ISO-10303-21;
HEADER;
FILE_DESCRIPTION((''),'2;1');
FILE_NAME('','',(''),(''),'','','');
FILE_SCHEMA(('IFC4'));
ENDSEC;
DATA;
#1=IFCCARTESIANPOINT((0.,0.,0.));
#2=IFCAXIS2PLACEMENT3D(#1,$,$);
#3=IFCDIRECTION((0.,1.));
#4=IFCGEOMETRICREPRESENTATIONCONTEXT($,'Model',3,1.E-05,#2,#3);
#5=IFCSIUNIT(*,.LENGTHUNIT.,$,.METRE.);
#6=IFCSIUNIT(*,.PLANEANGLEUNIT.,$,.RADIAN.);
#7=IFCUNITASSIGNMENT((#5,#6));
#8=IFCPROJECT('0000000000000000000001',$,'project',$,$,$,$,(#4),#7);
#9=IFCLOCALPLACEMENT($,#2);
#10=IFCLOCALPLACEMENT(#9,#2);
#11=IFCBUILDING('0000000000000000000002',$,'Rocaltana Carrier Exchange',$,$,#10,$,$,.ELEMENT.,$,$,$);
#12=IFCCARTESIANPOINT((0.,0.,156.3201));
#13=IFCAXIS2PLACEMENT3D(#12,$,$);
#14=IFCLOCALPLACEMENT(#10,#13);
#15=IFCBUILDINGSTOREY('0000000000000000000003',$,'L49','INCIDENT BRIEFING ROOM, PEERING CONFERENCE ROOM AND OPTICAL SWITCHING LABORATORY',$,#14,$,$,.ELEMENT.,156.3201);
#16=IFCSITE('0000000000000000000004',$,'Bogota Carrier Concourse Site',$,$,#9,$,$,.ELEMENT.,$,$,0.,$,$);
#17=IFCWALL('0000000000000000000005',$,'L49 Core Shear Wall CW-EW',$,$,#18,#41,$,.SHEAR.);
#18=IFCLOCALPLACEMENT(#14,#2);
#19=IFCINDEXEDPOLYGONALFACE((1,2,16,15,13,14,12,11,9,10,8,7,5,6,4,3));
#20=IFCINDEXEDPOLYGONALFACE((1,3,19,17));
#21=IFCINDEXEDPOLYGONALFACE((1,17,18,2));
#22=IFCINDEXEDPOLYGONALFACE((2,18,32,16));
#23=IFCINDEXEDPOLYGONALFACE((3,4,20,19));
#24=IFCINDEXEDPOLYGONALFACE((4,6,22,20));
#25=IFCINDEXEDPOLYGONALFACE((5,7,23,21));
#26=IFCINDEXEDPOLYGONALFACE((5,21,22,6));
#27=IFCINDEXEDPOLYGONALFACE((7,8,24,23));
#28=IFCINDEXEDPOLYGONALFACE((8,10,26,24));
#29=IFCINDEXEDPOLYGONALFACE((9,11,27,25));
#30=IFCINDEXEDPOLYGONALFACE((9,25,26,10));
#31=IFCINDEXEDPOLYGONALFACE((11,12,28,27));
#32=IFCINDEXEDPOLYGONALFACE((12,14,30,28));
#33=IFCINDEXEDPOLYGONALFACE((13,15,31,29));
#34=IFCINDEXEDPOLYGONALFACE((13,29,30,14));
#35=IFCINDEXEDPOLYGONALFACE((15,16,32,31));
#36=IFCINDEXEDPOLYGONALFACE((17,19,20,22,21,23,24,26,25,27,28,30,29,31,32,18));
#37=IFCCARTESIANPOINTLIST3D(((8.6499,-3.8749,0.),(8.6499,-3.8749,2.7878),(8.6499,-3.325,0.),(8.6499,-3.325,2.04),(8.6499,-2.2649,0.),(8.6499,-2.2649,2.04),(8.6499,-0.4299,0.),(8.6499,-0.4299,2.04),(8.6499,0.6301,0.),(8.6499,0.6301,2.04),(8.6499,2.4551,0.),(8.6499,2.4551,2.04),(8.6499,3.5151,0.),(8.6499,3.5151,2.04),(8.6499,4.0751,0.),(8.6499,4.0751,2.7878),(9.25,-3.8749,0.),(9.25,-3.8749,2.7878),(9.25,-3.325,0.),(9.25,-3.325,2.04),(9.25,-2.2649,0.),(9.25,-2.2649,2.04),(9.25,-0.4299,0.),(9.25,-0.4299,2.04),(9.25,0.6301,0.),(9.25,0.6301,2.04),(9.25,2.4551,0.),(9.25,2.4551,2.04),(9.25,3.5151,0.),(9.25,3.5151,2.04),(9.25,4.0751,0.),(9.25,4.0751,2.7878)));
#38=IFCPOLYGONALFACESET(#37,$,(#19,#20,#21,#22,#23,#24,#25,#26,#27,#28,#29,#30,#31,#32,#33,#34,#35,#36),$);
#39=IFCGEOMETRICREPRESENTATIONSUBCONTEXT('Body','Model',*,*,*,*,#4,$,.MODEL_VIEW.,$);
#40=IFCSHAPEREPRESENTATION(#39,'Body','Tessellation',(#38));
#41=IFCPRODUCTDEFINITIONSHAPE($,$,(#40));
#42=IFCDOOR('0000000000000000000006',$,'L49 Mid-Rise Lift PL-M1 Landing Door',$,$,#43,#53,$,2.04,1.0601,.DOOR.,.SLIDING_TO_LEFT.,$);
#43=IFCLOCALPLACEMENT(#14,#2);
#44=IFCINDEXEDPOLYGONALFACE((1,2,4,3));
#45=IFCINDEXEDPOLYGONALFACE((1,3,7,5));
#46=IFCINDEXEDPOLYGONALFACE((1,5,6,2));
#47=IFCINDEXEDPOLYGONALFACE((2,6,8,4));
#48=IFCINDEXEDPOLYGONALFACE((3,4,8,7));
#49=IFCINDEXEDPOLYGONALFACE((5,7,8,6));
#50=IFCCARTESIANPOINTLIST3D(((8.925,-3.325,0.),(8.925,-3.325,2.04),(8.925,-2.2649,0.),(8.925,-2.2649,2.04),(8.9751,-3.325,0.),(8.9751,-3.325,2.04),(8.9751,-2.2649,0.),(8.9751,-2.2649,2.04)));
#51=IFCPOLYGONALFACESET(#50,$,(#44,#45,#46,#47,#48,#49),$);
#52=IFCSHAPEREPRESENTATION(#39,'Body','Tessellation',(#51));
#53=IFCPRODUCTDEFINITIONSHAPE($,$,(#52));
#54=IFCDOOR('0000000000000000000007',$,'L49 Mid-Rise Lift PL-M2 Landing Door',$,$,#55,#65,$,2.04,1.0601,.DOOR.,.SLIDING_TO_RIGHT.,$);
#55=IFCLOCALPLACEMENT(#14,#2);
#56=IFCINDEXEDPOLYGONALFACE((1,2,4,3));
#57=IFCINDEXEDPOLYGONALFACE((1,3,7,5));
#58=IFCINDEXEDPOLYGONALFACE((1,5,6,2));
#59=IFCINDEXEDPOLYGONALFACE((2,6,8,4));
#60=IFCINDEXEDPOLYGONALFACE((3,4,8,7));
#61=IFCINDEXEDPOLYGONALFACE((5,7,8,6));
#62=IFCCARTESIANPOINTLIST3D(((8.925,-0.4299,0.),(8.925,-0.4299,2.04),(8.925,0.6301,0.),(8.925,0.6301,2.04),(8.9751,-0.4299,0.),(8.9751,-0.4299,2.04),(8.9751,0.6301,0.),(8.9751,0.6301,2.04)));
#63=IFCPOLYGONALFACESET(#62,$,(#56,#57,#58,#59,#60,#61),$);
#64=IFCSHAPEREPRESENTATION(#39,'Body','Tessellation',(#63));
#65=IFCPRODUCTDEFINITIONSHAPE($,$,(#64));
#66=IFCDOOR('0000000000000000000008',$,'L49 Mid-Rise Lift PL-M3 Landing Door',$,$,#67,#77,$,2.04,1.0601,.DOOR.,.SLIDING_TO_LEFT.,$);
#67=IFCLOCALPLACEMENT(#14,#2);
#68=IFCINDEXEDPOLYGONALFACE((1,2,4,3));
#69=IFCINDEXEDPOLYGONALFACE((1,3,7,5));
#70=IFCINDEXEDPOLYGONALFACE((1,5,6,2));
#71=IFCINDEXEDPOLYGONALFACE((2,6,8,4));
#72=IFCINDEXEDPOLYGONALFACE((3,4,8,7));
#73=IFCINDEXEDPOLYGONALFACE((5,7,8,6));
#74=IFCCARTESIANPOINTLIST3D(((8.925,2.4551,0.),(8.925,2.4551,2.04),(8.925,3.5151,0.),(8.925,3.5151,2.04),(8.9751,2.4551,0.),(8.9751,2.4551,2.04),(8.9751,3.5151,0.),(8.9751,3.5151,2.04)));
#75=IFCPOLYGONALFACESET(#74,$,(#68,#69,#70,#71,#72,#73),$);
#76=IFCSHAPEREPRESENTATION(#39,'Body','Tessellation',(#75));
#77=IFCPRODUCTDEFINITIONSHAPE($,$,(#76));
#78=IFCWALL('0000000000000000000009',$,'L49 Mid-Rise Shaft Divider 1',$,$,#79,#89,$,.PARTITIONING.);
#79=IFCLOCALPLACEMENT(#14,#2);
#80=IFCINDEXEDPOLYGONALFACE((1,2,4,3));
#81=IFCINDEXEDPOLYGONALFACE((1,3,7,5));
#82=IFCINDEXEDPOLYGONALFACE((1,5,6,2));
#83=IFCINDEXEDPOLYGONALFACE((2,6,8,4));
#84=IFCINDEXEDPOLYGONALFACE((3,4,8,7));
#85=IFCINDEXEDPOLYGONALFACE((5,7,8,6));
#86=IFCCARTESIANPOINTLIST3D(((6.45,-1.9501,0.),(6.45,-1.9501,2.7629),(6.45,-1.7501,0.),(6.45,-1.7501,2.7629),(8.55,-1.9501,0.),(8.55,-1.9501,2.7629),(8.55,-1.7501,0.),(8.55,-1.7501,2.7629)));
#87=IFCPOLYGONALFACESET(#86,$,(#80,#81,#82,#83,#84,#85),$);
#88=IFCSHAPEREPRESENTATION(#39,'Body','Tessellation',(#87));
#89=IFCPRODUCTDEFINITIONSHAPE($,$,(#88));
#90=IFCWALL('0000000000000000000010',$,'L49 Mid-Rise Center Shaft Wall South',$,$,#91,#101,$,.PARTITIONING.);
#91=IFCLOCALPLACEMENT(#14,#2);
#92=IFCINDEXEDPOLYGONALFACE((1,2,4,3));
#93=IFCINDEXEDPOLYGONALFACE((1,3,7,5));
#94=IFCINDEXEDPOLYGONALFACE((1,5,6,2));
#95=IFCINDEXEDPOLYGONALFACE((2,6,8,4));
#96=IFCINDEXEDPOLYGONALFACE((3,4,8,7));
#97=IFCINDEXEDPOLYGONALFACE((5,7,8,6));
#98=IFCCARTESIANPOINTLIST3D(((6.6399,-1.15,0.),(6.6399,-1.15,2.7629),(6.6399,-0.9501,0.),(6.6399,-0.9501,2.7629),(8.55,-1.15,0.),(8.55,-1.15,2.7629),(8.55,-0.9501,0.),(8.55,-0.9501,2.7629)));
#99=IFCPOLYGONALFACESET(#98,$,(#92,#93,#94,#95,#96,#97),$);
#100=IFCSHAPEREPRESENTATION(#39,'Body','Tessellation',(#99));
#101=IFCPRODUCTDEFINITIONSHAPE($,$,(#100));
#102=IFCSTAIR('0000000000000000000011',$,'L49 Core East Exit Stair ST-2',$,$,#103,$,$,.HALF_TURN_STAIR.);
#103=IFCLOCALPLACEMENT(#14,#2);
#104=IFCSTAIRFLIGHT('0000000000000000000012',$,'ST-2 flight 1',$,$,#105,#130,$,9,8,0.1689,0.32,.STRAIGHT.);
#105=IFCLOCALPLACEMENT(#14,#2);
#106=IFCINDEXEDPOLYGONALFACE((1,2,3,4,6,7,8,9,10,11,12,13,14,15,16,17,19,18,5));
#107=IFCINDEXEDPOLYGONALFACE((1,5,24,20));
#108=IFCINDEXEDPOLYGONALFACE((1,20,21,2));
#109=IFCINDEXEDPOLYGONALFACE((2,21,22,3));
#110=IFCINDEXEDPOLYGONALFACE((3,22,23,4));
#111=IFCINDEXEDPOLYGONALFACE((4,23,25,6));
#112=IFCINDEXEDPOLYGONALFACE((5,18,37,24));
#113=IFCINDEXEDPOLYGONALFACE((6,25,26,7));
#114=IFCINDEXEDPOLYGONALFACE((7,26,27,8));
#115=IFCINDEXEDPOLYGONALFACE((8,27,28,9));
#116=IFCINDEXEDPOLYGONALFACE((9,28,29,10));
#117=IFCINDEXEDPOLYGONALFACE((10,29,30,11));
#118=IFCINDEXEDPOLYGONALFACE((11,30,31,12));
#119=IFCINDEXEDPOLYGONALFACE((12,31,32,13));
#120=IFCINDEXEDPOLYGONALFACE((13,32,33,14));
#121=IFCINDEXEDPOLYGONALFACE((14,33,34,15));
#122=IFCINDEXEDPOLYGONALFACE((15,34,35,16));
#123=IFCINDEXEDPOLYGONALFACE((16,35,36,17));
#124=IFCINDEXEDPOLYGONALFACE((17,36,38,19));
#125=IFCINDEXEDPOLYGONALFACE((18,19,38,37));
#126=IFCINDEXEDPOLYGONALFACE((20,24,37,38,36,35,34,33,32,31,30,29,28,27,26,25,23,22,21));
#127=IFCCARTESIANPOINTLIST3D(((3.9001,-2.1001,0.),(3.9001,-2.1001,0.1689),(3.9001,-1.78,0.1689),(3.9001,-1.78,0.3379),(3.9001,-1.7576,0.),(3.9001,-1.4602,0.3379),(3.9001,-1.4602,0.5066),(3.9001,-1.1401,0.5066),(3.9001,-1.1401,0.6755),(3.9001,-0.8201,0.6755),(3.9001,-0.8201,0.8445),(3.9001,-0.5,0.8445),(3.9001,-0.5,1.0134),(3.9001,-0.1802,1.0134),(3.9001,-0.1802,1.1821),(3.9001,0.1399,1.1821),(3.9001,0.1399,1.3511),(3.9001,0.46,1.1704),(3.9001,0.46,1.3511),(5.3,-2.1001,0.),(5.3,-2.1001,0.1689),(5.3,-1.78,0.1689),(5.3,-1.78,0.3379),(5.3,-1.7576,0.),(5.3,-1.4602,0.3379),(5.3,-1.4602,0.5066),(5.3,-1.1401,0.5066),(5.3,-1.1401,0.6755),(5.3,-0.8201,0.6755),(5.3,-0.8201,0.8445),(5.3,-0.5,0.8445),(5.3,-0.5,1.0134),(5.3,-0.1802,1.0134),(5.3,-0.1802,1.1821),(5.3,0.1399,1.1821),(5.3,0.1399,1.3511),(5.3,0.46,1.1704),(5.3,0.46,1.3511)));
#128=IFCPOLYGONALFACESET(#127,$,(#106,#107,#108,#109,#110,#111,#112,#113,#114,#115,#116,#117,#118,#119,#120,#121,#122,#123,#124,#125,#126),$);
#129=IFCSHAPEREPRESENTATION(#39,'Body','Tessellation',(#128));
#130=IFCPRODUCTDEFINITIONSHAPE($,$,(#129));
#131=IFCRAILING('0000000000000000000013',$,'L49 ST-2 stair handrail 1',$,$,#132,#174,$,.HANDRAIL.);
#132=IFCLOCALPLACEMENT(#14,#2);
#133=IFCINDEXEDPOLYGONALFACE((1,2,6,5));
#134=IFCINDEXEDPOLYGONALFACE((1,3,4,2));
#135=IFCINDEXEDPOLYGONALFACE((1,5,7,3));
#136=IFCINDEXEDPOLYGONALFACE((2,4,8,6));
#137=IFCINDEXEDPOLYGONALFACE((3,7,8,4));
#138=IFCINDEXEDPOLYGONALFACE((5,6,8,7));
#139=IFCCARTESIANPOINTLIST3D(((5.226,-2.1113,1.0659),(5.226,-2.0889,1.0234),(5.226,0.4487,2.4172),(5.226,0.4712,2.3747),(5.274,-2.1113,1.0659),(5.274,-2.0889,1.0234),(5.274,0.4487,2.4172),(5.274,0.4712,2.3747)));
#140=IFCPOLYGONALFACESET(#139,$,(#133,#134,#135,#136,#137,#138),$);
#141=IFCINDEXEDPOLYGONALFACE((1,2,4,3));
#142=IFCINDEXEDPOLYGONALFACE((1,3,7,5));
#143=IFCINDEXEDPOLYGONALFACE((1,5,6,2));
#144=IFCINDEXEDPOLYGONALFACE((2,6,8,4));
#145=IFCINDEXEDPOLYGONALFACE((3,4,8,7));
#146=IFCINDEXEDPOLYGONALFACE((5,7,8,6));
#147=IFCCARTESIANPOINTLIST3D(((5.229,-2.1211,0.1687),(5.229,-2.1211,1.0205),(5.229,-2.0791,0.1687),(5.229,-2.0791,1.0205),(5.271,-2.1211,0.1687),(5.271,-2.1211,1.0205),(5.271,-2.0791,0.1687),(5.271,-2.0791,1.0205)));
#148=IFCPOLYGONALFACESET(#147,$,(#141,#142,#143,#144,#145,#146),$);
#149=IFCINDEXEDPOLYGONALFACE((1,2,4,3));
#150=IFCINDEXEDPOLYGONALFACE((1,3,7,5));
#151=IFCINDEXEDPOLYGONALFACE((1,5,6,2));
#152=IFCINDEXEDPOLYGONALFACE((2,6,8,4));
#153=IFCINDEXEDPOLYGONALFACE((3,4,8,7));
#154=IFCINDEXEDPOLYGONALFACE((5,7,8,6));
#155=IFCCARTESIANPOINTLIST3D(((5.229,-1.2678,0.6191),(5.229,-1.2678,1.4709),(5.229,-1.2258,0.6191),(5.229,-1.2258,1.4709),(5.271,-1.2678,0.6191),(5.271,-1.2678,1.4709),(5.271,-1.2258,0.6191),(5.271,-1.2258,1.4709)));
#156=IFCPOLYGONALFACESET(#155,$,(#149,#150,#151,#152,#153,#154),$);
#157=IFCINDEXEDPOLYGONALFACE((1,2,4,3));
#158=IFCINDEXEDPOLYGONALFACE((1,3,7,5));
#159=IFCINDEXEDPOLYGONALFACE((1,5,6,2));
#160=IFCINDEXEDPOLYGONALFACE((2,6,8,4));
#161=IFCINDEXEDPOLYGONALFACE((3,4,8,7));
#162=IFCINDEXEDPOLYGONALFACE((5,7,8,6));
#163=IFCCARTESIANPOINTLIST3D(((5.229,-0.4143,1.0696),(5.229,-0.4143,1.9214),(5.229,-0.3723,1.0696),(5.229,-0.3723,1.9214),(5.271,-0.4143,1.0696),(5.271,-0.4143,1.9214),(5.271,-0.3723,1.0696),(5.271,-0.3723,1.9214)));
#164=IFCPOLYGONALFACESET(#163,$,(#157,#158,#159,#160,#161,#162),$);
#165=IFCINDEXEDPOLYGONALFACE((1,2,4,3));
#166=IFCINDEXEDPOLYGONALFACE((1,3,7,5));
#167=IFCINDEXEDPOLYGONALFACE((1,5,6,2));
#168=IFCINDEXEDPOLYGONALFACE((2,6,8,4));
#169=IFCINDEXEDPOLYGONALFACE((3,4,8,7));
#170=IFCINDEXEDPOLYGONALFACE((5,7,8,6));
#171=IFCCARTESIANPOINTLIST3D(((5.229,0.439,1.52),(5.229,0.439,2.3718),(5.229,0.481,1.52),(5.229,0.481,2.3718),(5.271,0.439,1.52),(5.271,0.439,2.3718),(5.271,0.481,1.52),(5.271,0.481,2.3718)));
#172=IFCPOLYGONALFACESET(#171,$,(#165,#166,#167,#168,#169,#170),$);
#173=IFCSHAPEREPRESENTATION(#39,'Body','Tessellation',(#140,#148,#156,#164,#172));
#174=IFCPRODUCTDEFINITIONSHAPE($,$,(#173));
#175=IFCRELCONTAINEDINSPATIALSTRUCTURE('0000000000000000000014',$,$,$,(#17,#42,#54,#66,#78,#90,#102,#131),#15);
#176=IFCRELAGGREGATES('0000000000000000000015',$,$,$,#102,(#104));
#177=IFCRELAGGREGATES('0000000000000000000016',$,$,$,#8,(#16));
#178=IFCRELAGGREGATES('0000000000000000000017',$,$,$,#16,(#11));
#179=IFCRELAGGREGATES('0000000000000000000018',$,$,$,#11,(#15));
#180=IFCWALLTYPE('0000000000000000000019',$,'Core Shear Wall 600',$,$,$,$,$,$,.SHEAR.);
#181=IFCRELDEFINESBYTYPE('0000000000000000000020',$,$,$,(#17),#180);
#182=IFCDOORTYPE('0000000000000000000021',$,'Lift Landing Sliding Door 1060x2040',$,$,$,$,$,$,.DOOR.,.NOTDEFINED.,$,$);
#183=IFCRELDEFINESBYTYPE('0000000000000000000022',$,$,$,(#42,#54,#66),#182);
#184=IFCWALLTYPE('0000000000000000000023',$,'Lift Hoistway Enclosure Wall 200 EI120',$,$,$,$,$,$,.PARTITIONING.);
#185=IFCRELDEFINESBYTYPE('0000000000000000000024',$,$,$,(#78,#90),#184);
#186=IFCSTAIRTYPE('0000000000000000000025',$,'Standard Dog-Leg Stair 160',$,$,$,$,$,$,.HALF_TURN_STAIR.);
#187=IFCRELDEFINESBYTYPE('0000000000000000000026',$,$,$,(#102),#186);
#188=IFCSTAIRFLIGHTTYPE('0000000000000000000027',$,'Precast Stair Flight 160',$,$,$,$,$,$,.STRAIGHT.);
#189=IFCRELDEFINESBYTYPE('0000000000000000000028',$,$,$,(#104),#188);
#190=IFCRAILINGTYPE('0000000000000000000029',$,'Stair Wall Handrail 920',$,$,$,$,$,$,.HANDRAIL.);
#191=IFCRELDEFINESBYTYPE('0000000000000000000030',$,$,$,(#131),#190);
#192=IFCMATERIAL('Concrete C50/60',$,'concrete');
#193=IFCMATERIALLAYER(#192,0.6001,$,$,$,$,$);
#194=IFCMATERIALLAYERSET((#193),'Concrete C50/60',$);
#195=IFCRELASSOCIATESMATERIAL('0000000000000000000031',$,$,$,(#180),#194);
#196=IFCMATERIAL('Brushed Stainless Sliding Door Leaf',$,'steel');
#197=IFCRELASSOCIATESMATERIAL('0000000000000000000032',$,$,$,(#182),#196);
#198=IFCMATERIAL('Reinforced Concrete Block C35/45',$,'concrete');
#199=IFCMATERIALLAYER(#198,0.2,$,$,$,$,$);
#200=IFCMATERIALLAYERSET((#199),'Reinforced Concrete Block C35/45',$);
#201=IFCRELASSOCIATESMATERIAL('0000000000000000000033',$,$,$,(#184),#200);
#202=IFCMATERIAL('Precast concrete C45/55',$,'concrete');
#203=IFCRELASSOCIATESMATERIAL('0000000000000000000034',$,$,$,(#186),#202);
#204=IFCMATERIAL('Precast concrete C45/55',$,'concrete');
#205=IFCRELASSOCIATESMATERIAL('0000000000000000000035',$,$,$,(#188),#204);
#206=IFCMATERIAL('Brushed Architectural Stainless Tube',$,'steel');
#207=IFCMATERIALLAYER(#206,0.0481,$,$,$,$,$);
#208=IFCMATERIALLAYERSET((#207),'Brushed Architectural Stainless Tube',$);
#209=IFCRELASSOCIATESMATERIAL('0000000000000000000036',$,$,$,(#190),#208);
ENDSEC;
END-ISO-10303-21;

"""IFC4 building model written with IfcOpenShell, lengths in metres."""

from ifc_helpers import new_model, si_unit, direction, frame, frame_2d, origin, origin_2d, place, context, subcontext, project, spatial, polyline, rectangle, outline, extrude, material, layer, layer_set, type_object, element, fill, aggregate, save


model = new_model("IFC4")

# Units and contexts
model_context = context("Model", 3, precision=1e-05, world=origin(), true_north=direction((0.0, 1.0)))
body_context = subcontext(model_context, "Body", "Model", "MODEL_VIEW")
ifc_project = project(units=[si_unit("LENGTHUNIT", "METRE"), si_unit("PLANEANGLEUNIT", "RADIAN")], contexts=[model_context])

# Site, building, storey
site_placement = place(None, origin())
site = spatial("IfcSite", under=ifc_project, at=site_placement, Name="Bogota Carrier Concourse Site", CompositionType="ELEMENT", RefElevation=0.0)
building_placement = place(site_placement, origin())
building = spatial("IfcBuilding", under=site, at=building_placement, Name="Rocaltana Carrier Exchange", CompositionType="ELEMENT")
storey_placement = place(building_placement, frame((0.0, 0.0, 156.3201)))
storey = spatial("IfcBuildingStorey", under=building, at=storey_placement, Name="L49", Description="INCIDENT BRIEFING ROOM, PEERING CONFERENCE ROOM AND OPTICAL SWITCHING LABORATORY", CompositionType="ELEMENT", Elevation=156.3201)

# Shared definitions
ifc_material_1 = material(Name="Concrete C50/60", Category="concrete")
ifc_layer_1 = layer(ifc_material_1, 0.6001)
ifc_layer_set_1 = layer_set([ifc_layer_1], Name="Concrete C50/60")
wall_type_1 = type_object("IfcWallType", Name="Core Shear Wall 600", PredefinedType="SHEAR", material=ifc_layer_set_1)

# Wall, openings, doors
wall_1_placement = place(storey_placement, frame((8.95, -3.875, 0.0), z_axis=(0.0, 0.0, 1.0), x_axis=(0.0, 1.0, 0.0)))
wall_1 = element("IfcWall", 1, at=wall_1_placement, inside=storey, type_object=wall_type_1, Name="L49 Core Shear Wall CW-EW", PredefinedType="SHEAR", context=body_context, shape_type="SweptSolid", body=[
    extrude(rectangle(XDim=7.95, YDim=0.6001, at=frame_2d((3.9751, 0.0))), origin(), (0.0, 0.0, 1.0), 2.7878),
])
opening_1_placement = place(wall_1_placement, frame((0.55, 0.0, 0.0)))
opening_1 = element("IfcOpeningElement", 2, at=opening_1_placement, cuts=wall_1, PredefinedType="OPENING", context=body_context, shape_type="SweptSolid", body=[
    extrude(rectangle(XDim=1.0601, YDim=2.04, at=frame_2d((0.53, 1.02))), frame((0.0, 0.3101, 0.0), z_axis=(0.0, -1.0, 0.0), x_axis=(1.0, 0.0, 0.0)), (0.0, 0.0, 1.0), 0.6201),
])
opening_2_placement = place(wall_1_placement, frame((3.4451, 0.0, 0.0)))
opening_2 = element("IfcOpeningElement", 3, at=opening_2_placement, cuts=wall_1, PredefinedType="OPENING", context=body_context, shape_type="SweptSolid", body=[
    extrude(rectangle(XDim=1.0601, YDim=2.04, at=frame_2d((0.53, 1.02))), frame((0.0, 0.3101, 0.0), z_axis=(0.0, -1.0, 0.0), x_axis=(1.0, 0.0, 0.0)), (0.0, 0.0, 1.0), 0.6201),
])
opening_3_placement = place(wall_1_placement, frame((6.3301, 0.0, 0.0)))
opening_3 = element("IfcOpeningElement", 4, at=opening_3_placement, cuts=wall_1, PredefinedType="OPENING", context=body_context, shape_type="SweptSolid", body=[
    extrude(rectangle(XDim=1.0601, YDim=2.04, at=frame_2d((0.53, 1.02))), frame((0.0, 0.3101, 0.0), z_axis=(0.0, -1.0, 0.0), x_axis=(1.0, 0.0, 0.0)), (0.0, 0.0, 1.0), 0.6201),
])
ifc_material_2 = material(Name="Brushed Stainless Sliding Door Leaf", Category="steel")
door_type = type_object("IfcDoorType", Name="Lift Landing Sliding Door 1060x2040", OperationType="NOTDEFINED", PredefinedType="DOOR", material=ifc_material_2)
door_1_placement = place(opening_1_placement, origin())
door_1 = element("IfcDoor", 5, at=door_1_placement, inside=storey, type_object=door_type, Name="L49 Mid-Rise Lift PL-M1 Landing Door", OperationType="SLIDING_TO_LEFT", OverallHeight=2.04, OverallWidth=1.0601, PredefinedType="DOOR", context=body_context, shape_type="SweptSolid", body=[
    extrude(rectangle(XDim=1.0601, YDim=2.04, at=frame_2d((0.53, 1.02))), frame((0.0, 0.0249, 0.0), z_axis=(0.0, -1.0, 0.0), x_axis=(1.0, 0.0, 0.0)), (0.0, 0.0, 1.0), 0.05),
])
fill(opening_1, door_1)
door_2_placement = place(opening_2_placement, origin())
door_2 = element("IfcDoor", 6, at=door_2_placement, inside=storey, type_object=door_type, Name="L49 Mid-Rise Lift PL-M2 Landing Door", OperationType="SLIDING_TO_RIGHT", OverallHeight=2.04, OverallWidth=1.0601, PredefinedType="DOOR", context=body_context, shape_type="SweptSolid", body=[
    extrude(rectangle(XDim=1.0601, YDim=2.04, at=frame_2d((0.53, 1.02))), frame((0.0, 0.0249, 0.0), z_axis=(0.0, -1.0, 0.0), x_axis=(1.0, 0.0, 0.0)), (0.0, 0.0, 1.0), 0.05),
])
fill(opening_2, door_2)
door_3_placement = place(opening_3_placement, origin())
door_3 = element("IfcDoor", 7, at=door_3_placement, inside=storey, type_object=door_type, Name="L49 Mid-Rise Lift PL-M3 Landing Door", OperationType="SLIDING_TO_LEFT", OverallHeight=2.04, OverallWidth=1.0601, PredefinedType="DOOR", context=body_context, shape_type="SweptSolid", body=[
    extrude(rectangle(XDim=1.0601, YDim=2.04, at=frame_2d((0.53, 1.02))), frame((0.0, 0.0249, 0.0), z_axis=(0.0, -1.0, 0.0), x_axis=(1.0, 0.0, 0.0)), (0.0, 0.0, 1.0), 0.05),
])
fill(opening_3, door_3)

# Walls
ifc_material_3 = material(Name="Reinforced Concrete Block C35/45", Category="concrete")
ifc_layer_2 = layer(ifc_material_3, 0.2)
ifc_layer_set_2 = layer_set([ifc_layer_2], Name="Reinforced Concrete Block C35/45")
wall_type_2 = type_object("IfcWallType", Name="Lift Hoistway Enclosure Wall 200 EI120", PredefinedType="PARTITIONING", material=ifc_layer_set_2)
wall_2_placement = place(storey_placement, frame((6.45, -1.8501, 0.0), z_axis=(0.0, 0.0, 1.0), x_axis=(1.0, 0.0, 0.0)))
element("IfcWall", 8, at=wall_2_placement, inside=storey, type_object=wall_type_2, Name="L49 Mid-Rise Shaft Divider 1", PredefinedType="PARTITIONING", context=body_context, shape_type="SweptSolid", body=[
    extrude(rectangle(XDim=2.1001, YDim=0.2, at=frame_2d((1.05, 0.0))), origin(), (0.0, 0.0, 1.0), 2.7629),
])
wall_3_placement = place(storey_placement, frame((6.6399, -1.05, 0.0), z_axis=(0.0, 0.0, 1.0), x_axis=(1.0, 0.0, 0.0)))
element("IfcWall", 9, at=wall_3_placement, inside=storey, type_object=wall_type_2, Name="L49 Mid-Rise Center Shaft Wall South", PredefinedType="PARTITIONING", context=body_context, shape_type="SweptSolid", body=[
    extrude(rectangle(XDim=1.9102, YDim=0.2, at=frame_2d((0.9551, 0.0))), origin(), (0.0, 0.0, 1.0), 2.7629),
])

# Stair, stair flight
ifc_material_4 = material(Name="Precast concrete C45/55", Category="concrete")
stair_type = type_object("IfcStairType", Name="Standard Dog-Leg Stair 160", PredefinedType="HALF_TURN_STAIR", material=ifc_material_4)
stair_placement = place(storey_placement, origin())
stair = element("IfcStair", 10, at=stair_placement, inside=storey, type_object=stair_type, Name="L49 Core East Exit Stair ST-2", PredefinedType="HALF_TURN_STAIR")
ifc_material_5 = material(Name="Precast concrete C45/55", Category="concrete")
stair_flight_type = type_object("IfcStairFlightType", Name="Precast Stair Flight 160", PredefinedType="STRAIGHT", material=ifc_material_5)
stair_flight_placement = place(storey_placement, frame((4.6001, -2.1001, 0.0), z_axis=(0.0, 0.0, 1.0), x_axis=(0.0, 1.0, 0.0)))
stair_flight = element("IfcStairFlight", 11, at=stair_flight_placement, type_object=stair_flight_type, Name="ST-2 flight 1", NumberOfRisers=9, NumberOfTreads=8, PredefinedType="STRAIGHT", RiserHeight=0.1689, TreadLength=0.32, context=body_context, shape_type="SweptSolid", body=[
    extrude(outline(polyline([(0.0, 0.0), (0.0, 0.1689), (0.3201, 0.1689), (0.3201, 0.3379), (0.6399, 0.3379), (0.6399, 0.5066), (0.96, 0.5066), (0.96, 0.6755), (1.28, 0.6755), (1.28, 0.8445), (1.6001, 0.8445), (1.6001, 1.0134), (1.9199, 1.0134), (1.9199, 1.1821), (2.24, 1.1821), (2.24, 1.3511), (2.5601, 1.3511), (2.5601, 1.52), (2.5601, 1.1704), (0.3425, 0.0), (0.0, 0.0)])), frame((0.0, 0.7, 0.0), z_axis=(0.0, -1.0, 0.0), x_axis=(1.0, 0.0, 0.0)), (0.0, 0.0, 1.0), 1.3999),
])
aggregate(stair, [stair_flight])

# Railing
ifc_material_6 = material(Name="Brushed Architectural Stainless Tube", Category="steel")
ifc_layer_3 = layer(ifc_material_6, 0.0481)
ifc_layer_set_3 = layer_set([ifc_layer_3], Name="Brushed Architectural Stainless Tube")
railing_type_1 = type_object("IfcRailingType", Name="Stair Wall Handrail 920", PredefinedType="HANDRAIL", material=ifc_layer_set_3)
railing_1_placement = place(storey_placement, frame((5.25, -2.1001, 0.1687)))
element("IfcRailing", 12, at=railing_1_placement, inside=storey, type_object=railing_type_1, Name="L49 ST-2 stair handrail 1", PredefinedType="HANDRAIL", context=body_context, shape_type="SweptSolid", body=[
    extrude(rectangle(XDim=0.0481, YDim=0.0481, at=origin_2d()), frame((0.0, 0.0, 0.876), z_axis=(0.0, 0.88436, 0.466806), x_axis=(-1.0, 0.0, 0.0)), (0.0, 0.0, 1.0), 2.8948),
    extrude(rectangle(XDim=0.042, YDim=0.042, at=origin_2d()), origin(), (0.0, 0.0, 1.0), 0.8518),
    extrude(rectangle(XDim=0.042, YDim=0.042, at=origin_2d()), frame((0.0, 0.8533, 0.4504)), (0.0, 0.0, 1.0), 0.8518),
    extrude(rectangle(XDim=0.042, YDim=0.042, at=origin_2d()), frame((0.0, 1.7068, 0.9009)), (0.0, 0.0, 1.0), 0.8518),
    extrude(rectangle(XDim=0.042, YDim=0.042, at=origin_2d()), frame((0.0, 2.5601, 1.3513)), (0.0, 0.0, 1.0), 0.8518),
])

save(model, "model.ifc")
